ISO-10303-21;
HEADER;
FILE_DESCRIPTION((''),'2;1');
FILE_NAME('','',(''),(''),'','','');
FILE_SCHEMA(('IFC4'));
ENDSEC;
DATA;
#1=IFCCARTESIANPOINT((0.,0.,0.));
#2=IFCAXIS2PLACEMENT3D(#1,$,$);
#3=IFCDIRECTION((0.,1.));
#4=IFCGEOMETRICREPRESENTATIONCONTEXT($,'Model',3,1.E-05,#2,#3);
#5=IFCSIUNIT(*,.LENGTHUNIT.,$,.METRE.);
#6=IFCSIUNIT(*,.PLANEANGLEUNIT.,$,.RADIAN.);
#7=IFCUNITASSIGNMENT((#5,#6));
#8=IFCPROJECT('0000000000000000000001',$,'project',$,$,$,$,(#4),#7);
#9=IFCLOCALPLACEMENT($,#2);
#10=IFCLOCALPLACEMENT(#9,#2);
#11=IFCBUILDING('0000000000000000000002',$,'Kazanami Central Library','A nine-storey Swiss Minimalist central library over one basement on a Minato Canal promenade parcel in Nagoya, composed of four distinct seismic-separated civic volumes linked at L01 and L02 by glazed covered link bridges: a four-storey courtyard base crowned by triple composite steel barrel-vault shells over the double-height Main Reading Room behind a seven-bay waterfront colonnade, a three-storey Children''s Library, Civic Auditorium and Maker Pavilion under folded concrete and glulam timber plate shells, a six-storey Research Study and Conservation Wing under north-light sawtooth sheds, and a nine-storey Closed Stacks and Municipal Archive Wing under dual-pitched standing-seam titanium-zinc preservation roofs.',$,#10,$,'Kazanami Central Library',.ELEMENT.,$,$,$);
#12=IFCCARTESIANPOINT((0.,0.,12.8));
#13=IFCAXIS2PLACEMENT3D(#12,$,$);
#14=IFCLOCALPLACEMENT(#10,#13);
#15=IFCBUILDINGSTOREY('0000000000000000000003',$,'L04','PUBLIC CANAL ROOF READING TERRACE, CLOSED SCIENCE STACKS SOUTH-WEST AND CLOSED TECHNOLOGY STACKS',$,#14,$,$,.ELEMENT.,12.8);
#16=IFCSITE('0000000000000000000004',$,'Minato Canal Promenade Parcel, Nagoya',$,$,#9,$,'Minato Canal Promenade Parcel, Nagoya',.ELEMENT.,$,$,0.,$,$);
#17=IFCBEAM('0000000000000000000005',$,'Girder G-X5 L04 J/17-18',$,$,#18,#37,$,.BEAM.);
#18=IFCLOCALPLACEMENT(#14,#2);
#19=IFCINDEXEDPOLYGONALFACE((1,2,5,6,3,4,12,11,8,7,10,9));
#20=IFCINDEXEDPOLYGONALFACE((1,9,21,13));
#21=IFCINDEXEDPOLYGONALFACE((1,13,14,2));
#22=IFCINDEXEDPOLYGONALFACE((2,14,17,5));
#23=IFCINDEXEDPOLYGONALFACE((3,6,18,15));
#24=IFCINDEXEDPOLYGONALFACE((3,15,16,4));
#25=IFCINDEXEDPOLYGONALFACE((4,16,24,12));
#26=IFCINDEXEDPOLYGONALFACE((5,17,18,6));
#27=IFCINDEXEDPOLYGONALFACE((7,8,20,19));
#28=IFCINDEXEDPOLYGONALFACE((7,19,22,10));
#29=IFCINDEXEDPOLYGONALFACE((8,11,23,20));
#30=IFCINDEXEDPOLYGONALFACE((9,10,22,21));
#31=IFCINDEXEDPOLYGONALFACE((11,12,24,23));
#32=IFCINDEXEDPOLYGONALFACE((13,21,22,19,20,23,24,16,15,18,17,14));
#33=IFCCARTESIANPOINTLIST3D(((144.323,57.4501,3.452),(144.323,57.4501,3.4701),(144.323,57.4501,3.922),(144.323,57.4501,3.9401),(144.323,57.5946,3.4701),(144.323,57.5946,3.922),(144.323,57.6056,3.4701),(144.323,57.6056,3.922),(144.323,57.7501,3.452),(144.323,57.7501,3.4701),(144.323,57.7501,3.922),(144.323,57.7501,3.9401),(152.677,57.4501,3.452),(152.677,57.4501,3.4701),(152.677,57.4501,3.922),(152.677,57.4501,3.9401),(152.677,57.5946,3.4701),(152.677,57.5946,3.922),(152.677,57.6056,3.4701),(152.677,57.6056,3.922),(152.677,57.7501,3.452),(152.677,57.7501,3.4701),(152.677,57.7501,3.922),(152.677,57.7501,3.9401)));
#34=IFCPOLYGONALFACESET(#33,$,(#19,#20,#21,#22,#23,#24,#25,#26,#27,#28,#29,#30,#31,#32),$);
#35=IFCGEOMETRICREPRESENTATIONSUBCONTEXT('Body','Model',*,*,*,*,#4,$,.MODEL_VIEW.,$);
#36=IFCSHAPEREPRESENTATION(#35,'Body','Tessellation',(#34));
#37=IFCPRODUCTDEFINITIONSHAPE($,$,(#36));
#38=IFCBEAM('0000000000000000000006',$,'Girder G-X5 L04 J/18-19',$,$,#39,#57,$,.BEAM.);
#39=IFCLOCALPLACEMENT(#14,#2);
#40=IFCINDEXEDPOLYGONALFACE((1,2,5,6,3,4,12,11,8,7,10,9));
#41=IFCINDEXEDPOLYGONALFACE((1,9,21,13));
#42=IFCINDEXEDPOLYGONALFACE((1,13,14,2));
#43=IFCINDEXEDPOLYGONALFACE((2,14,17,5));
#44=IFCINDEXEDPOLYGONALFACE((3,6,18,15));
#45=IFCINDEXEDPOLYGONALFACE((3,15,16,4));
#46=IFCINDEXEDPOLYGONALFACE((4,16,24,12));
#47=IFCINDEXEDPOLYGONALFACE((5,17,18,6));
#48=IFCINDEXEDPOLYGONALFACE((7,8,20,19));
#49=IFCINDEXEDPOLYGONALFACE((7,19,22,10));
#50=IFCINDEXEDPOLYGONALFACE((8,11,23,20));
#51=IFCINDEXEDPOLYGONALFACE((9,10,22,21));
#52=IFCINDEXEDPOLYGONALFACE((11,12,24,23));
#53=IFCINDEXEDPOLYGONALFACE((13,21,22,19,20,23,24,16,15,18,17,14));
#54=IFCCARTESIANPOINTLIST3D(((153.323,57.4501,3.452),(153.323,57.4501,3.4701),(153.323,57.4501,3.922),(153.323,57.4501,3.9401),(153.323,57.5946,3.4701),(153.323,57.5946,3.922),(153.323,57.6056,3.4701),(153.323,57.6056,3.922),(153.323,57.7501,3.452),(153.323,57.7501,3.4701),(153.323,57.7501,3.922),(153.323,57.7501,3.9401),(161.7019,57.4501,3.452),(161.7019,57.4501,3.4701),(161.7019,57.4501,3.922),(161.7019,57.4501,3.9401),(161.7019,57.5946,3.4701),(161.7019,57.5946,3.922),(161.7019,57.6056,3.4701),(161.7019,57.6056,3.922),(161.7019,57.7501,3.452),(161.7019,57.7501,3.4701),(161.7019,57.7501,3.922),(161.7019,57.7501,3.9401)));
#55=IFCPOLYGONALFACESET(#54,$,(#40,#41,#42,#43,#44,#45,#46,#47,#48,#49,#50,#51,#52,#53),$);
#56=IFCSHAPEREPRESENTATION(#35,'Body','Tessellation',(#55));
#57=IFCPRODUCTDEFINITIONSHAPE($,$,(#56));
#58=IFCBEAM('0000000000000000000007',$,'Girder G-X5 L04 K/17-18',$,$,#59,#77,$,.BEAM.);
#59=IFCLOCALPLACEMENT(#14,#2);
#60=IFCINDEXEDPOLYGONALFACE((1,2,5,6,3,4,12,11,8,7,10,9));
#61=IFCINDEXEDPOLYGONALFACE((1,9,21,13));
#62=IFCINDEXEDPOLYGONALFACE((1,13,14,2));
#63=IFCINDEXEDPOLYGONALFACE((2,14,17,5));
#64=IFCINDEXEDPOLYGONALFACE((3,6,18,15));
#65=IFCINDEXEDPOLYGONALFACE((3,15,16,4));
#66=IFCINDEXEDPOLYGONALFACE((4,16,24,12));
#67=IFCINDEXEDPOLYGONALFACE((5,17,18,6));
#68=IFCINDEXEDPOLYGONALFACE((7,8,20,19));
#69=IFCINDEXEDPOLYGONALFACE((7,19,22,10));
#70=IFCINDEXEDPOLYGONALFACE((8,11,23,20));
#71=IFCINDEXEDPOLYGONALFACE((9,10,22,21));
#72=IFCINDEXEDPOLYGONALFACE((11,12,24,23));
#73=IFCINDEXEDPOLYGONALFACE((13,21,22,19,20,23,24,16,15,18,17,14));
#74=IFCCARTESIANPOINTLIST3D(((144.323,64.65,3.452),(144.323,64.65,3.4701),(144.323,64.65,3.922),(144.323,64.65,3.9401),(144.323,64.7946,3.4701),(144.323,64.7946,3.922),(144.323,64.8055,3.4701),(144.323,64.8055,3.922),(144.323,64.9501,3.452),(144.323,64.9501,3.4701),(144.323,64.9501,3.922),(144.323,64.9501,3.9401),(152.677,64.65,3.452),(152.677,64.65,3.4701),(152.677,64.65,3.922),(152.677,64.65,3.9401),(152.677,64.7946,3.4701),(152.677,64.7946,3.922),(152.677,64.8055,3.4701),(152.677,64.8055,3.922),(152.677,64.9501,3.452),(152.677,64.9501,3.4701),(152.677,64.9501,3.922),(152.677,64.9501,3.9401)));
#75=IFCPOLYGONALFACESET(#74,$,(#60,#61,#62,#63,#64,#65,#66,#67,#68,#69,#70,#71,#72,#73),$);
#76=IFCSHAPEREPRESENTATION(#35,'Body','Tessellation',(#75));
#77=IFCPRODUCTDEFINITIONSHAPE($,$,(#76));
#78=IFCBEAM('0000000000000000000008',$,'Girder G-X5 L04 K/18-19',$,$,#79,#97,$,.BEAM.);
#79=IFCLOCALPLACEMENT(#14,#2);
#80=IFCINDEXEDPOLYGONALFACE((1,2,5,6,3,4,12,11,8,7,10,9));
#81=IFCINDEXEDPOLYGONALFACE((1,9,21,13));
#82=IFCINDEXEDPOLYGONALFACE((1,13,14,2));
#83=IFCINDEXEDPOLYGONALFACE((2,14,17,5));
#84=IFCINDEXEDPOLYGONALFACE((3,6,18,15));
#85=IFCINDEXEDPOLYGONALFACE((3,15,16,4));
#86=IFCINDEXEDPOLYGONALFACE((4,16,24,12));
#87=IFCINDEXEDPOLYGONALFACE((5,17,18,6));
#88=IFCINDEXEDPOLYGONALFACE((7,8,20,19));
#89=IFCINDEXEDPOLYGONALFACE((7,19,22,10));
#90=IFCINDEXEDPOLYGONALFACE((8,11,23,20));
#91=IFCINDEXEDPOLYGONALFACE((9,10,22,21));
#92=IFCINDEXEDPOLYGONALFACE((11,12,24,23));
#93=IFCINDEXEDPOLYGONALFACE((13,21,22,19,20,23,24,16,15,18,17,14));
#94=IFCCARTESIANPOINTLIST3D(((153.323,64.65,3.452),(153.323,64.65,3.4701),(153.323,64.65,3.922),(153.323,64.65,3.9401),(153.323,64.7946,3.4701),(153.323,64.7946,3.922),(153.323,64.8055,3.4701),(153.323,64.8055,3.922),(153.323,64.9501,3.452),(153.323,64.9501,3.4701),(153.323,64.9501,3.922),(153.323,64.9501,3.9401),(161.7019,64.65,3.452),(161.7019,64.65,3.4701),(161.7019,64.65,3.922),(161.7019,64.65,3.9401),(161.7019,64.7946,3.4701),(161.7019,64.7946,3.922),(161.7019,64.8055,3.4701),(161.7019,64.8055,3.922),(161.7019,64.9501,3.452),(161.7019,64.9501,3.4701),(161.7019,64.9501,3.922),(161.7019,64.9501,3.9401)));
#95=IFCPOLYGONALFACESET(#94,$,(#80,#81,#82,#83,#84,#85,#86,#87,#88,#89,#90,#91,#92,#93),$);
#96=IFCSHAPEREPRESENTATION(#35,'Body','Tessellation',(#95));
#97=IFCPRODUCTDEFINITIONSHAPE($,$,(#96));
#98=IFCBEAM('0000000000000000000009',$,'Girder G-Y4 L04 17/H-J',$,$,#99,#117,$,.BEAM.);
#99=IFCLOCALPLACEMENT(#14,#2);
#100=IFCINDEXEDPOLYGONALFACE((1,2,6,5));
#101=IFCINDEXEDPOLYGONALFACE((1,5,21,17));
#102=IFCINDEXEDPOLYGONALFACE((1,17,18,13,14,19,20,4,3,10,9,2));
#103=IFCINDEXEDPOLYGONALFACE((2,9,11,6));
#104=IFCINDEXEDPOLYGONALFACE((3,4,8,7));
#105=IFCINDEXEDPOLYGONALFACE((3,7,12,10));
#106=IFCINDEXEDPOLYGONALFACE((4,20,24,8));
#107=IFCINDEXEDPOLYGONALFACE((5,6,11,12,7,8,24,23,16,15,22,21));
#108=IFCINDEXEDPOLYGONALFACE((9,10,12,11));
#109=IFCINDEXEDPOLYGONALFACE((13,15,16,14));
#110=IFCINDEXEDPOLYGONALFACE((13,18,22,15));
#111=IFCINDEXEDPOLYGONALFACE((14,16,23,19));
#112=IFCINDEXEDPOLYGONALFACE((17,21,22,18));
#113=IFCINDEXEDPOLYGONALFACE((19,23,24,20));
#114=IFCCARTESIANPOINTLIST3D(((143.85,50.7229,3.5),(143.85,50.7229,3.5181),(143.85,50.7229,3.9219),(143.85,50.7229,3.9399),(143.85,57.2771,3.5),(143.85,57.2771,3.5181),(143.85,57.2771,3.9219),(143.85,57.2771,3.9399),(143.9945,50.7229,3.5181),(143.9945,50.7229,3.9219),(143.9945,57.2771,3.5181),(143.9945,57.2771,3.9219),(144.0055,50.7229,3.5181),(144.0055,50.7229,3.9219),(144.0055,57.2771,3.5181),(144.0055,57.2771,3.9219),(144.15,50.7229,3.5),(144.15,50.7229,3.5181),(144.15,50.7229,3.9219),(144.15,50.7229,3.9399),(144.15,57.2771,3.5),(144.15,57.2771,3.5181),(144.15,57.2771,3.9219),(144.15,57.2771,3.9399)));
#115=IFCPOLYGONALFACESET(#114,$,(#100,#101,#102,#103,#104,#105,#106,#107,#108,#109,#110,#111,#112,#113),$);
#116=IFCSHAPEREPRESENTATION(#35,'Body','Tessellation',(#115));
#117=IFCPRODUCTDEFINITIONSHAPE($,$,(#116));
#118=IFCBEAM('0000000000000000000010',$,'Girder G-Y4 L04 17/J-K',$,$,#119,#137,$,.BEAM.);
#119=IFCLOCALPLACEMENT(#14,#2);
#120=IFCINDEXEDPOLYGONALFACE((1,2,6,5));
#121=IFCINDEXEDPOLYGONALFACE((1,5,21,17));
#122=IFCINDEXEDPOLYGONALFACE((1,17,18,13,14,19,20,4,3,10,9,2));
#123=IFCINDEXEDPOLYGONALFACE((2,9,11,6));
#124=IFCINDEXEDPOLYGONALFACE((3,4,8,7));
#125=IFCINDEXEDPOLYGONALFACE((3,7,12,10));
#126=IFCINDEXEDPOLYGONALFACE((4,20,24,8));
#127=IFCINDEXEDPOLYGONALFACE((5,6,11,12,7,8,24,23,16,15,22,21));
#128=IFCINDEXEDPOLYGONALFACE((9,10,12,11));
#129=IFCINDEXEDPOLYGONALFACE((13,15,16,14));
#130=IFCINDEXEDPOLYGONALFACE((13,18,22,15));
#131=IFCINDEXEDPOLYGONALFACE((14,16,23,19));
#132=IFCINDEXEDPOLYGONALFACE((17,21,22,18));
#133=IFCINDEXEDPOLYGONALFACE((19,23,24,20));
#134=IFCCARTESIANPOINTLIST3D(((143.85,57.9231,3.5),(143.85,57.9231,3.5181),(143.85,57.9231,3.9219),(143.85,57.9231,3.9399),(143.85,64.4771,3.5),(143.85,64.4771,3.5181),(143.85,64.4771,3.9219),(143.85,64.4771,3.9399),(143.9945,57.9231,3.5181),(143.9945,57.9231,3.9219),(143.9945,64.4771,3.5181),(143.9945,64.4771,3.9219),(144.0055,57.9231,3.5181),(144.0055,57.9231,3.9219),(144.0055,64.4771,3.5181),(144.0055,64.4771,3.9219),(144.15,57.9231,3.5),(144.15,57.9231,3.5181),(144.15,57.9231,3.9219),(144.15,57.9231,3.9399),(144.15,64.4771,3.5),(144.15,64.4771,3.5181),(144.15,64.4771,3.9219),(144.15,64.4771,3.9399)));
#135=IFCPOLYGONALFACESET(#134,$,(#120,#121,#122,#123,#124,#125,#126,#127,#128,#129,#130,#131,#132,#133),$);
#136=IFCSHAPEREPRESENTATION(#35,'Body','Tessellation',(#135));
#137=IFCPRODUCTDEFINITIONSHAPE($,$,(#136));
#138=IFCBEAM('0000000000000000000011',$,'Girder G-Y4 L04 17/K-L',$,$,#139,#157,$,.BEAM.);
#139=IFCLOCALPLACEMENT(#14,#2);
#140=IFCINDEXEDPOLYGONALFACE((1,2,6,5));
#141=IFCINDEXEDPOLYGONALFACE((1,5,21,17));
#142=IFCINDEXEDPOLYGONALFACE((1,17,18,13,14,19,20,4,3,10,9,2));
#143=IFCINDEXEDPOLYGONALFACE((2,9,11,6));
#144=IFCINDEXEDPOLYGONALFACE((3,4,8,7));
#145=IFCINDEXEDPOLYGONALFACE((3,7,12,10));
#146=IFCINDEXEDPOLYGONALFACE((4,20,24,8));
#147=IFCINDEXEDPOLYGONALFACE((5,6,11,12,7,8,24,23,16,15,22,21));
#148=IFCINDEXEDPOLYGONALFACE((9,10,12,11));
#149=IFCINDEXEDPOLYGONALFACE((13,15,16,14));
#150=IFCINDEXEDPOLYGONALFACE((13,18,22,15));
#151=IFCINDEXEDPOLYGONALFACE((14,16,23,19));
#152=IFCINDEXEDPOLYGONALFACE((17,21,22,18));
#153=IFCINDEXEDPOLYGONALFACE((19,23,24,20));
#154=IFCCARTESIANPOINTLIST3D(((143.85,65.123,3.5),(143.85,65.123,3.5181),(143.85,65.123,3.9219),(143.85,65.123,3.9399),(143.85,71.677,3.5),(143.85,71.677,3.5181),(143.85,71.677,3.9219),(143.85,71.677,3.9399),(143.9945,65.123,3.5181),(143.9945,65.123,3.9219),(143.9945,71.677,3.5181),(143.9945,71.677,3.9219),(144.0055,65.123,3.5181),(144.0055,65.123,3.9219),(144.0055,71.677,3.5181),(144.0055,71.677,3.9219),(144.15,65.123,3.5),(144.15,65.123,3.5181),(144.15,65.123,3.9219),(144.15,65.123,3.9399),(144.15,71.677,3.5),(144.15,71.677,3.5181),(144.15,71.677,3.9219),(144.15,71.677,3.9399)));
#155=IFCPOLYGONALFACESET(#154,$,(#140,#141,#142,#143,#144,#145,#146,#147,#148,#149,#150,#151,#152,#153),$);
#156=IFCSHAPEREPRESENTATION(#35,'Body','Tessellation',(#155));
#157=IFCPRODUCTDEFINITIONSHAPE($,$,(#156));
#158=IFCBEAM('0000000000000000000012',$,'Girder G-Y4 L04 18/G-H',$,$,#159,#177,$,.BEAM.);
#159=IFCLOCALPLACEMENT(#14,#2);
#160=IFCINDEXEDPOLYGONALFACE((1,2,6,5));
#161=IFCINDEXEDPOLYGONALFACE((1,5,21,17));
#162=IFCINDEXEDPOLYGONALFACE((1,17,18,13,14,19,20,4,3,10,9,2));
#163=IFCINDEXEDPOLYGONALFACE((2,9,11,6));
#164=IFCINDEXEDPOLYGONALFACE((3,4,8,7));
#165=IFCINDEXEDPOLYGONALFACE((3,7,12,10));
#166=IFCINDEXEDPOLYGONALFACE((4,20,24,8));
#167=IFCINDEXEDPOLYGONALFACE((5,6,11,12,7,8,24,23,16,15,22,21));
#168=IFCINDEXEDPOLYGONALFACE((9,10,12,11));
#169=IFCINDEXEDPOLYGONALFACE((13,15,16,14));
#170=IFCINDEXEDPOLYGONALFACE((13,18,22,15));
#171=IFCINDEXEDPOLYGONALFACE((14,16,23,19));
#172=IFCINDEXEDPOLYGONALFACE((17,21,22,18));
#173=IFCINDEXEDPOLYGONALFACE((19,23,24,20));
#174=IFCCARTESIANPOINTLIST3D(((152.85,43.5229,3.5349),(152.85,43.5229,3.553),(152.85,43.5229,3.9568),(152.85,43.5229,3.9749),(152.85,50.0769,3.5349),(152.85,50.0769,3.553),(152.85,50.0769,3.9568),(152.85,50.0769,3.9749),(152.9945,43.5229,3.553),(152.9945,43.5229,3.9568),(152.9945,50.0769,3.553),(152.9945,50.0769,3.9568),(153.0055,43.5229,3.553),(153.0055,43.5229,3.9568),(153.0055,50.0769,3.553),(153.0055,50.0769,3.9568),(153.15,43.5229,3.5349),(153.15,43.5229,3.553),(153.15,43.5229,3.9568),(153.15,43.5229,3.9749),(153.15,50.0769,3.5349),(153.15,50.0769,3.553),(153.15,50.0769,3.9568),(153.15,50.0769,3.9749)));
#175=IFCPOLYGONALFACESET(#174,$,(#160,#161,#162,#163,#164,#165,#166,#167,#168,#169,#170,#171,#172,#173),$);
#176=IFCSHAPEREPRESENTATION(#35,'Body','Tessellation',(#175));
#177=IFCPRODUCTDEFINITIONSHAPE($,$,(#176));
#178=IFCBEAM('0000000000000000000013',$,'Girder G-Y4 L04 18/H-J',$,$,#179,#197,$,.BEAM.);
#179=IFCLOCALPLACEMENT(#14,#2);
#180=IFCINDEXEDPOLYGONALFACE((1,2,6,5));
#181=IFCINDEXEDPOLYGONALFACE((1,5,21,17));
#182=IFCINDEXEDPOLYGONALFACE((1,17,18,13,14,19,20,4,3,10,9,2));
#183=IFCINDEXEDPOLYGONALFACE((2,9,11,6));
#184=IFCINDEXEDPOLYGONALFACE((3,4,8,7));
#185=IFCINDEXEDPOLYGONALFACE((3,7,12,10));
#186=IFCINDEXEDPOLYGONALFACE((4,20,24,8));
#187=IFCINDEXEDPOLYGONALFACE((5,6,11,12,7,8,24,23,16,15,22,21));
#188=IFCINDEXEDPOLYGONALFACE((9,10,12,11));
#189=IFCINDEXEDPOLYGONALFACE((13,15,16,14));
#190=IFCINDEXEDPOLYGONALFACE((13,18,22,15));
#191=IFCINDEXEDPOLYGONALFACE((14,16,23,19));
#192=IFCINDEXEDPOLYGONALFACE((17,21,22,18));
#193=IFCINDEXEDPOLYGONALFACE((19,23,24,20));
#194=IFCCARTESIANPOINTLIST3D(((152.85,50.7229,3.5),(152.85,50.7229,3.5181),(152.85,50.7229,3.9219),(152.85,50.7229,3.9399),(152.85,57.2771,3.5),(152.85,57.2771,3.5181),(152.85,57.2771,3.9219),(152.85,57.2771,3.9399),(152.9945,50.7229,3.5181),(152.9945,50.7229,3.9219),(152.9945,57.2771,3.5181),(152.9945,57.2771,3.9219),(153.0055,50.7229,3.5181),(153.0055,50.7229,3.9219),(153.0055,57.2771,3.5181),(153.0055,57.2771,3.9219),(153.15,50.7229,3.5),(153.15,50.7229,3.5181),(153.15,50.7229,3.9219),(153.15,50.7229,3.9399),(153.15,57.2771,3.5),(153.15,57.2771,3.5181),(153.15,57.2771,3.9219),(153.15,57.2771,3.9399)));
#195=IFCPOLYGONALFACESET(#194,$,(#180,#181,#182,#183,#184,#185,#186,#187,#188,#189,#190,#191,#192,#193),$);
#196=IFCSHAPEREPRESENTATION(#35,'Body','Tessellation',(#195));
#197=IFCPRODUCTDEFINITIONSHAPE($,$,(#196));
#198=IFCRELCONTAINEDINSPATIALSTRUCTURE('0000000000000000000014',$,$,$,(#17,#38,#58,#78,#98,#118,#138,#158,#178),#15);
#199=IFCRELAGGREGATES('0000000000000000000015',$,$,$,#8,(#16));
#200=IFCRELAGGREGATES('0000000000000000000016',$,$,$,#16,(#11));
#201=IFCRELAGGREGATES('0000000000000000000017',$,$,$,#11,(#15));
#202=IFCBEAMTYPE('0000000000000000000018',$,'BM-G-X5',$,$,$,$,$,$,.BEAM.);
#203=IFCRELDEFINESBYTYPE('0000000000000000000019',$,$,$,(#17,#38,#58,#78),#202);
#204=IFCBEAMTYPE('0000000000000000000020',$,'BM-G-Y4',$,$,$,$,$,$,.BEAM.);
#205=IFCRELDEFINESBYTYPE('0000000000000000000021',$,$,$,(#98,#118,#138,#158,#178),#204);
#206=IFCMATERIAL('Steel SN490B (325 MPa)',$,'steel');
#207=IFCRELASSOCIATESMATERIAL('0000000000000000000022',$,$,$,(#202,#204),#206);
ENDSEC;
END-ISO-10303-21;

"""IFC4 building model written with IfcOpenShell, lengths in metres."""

from ifc_helpers import new_model, si_unit, direction, frame, origin, origin_2d, place, context, subcontext, project, spatial, i_section, extrude, material, material_profile, profile_set, type_object, element, save


model = new_model("IFC4")

# Units and contexts
model_context = context("Model", 3, precision=1e-05, world=origin(), true_north=direction((0.0, 1.0)))
body_context = subcontext(model_context, "Body", "Model", "MODEL_VIEW")
ifc_project = project(units=[si_unit("LENGTHUNIT", "METRE"), si_unit("PLANEANGLEUNIT", "RADIAN")], contexts=[model_context])

# Site, building, storey
site_placement = place(None, origin())
site = spatial("IfcSite", under=ifc_project, at=site_placement, Name="Minato Canal Promenade Parcel, Nagoya", LongName="Minato Canal Promenade Parcel, Nagoya", CompositionType="ELEMENT", RefElevation=0.0)
building_placement = place(site_placement, origin())
building = spatial("IfcBuilding", under=site, at=building_placement, Name="Kazanami Central Library", Description="A nine-storey Swiss Minimalist central library over one basement on a Minato Canal promenade parcel in Nagoya, composed of four distinct seismic-separated civic volumes linked at L01 and L02 by glazed covered link bridges: a four-storey courtyard base crowned by triple composite steel barrel-vault shells over the double-height Main Reading Room behind a seven-bay waterfront colonnade, a three-storey Children's Library, Civic Auditorium and Maker Pavilion under folded concrete and glulam timber plate shells, a six-storey Research Study and Conservation Wing under north-light sawtooth sheds, and a nine-storey Closed Stacks and Municipal Archive Wing under dual-pitched standing-seam titanium-zinc preservation roofs.", LongName="Kazanami Central Library", CompositionType="ELEMENT")
storey_placement = place(building_placement, frame((0.0, 0.0, 12.8)))
storey = spatial("IfcBuildingStorey", under=building, at=storey_placement, Name="L04", Description="PUBLIC CANAL ROOF READING TERRACE, CLOSED SCIENCE STACKS SOUTH-WEST AND CLOSED TECHNOLOGY STACKS", CompositionType="ELEMENT", Elevation=12.8)

# Beams
ifc_material_1 = material(Name="Steel SN490B (325 MPa)", Category="steel")
ifc_material_profile_1 = material_profile(ifc_material_1, i_section(OverallWidth=0.3, OverallDepth=0.488, WebThickness=0.011, FlangeThickness=0.0181, at=origin_2d()), Name="H-488x300x11x18")
ifc_profile_set_1 = profile_set([ifc_material_profile_1], Name="Steel SN490B (325 MPa)")
beam_type_1 = type_object("IfcBeamType", Name="BM-G-X5", PredefinedType="BEAM", material=ifc_profile_set_1)
beam_1_placement = place(storey_placement, frame((144.323, 57.6001, 3.696), z_axis=(1.0, 0.0, 0.0), x_axis=(0.0, 1.0, 0.0)))
element("IfcBeam", 1, at=beam_1_placement, inside=storey, type_object=beam_type_1, Name="Girder G-X5 L04 J/17-18", PredefinedType="BEAM", context=body_context, shape_type="SweptSolid", body=[
    extrude(i_section(OverallWidth=0.3, OverallDepth=0.488, WebThickness=0.011, FlangeThickness=0.0181, at=origin_2d()), origin(), (0.0, 0.0, 1.0), 8.354),
])
beam_2_placement = place(storey_placement, frame((153.323, 57.6001, 3.696), z_axis=(1.0, 0.0, 0.0), x_axis=(0.0, 1.0, 0.0)))
element("IfcBeam", 2, at=beam_2_placement, inside=storey, type_object=beam_type_1, Name="Girder G-X5 L04 J/18-19", PredefinedType="BEAM", context=body_context, shape_type="SweptSolid", body=[
    extrude(i_section(OverallWidth=0.3, OverallDepth=0.488, WebThickness=0.011, FlangeThickness=0.0181, at=origin_2d()), origin(), (0.0, 0.0, 1.0), 8.3789),
])
beam_3_placement = place(storey_placement, frame((144.323, 64.8, 3.696), z_axis=(1.0, 0.0, 0.0), x_axis=(0.0, 1.0, 0.0)))
element("IfcBeam", 3, at=beam_3_placement, inside=storey, type_object=beam_type_1, Name="Girder G-X5 L04 K/17-18", PredefinedType="BEAM", context=body_context, shape_type="SweptSolid", body=[
    extrude(i_section(OverallWidth=0.3, OverallDepth=0.488, WebThickness=0.011, FlangeThickness=0.0181, at=origin_2d()), origin(), (0.0, 0.0, 1.0), 8.354),
])
beam_4_placement = place(storey_placement, frame((153.323, 64.8, 3.696), z_axis=(1.0, 0.0, 0.0), x_axis=(0.0, 1.0, 0.0)))
element("IfcBeam", 4, at=beam_4_placement, inside=storey, type_object=beam_type_1, Name="Girder G-X5 L04 K/18-19", PredefinedType="BEAM", context=body_context, shape_type="SweptSolid", body=[
    extrude(i_section(OverallWidth=0.3, OverallDepth=0.488, WebThickness=0.011, FlangeThickness=0.0181, at=origin_2d()), origin(), (0.0, 0.0, 1.0), 8.3789),
])
ifc_material_profile_2 = material_profile(ifc_material_1, i_section(OverallWidth=0.3, OverallDepth=0.4399, WebThickness=0.011, FlangeThickness=0.0181, at=origin_2d()), Name="H-440x300x11x18")
ifc_profile_set_2 = profile_set([ifc_material_profile_2], Name="Steel SN490B (325 MPa)")
beam_type_2 = type_object("IfcBeamType", Name="BM-G-Y4", PredefinedType="BEAM", material=ifc_profile_set_2)
beam_5_placement = place(storey_placement, frame((144.0, 50.7229, 3.72), z_axis=(0.0, 1.0, 0.0), x_axis=(-1.0, 0.0, 0.0)))
element("IfcBeam", 5, at=beam_5_placement, inside=storey, type_object=beam_type_2, Name="Girder G-Y4 L04 17/H-J", PredefinedType="BEAM", context=body_context, shape_type="SweptSolid", body=[
    extrude(i_section(OverallWidth=0.3, OverallDepth=0.4399, WebThickness=0.011, FlangeThickness=0.0181, at=origin_2d()), origin(), (0.0, 0.0, 1.0), 6.5542),
])
for number, where, z_axis, x_axis, name in (
    (6, (144.0, 57.9231, 3.72), (0.0, 1.0, 0.0), (-1.0, 0.0, 0.0), "Girder G-Y4 L04 17/J-K"),
    (7, (144.0, 65.123, 3.72), (0.0, 1.0, 0.0), (-1.0, 0.0, 0.0), "Girder G-Y4 L04 17/K-L"),
    (8, (153.0, 43.5229, 3.7549), (0.0, 1.0, 0.0), (-1.0, 0.0, 0.0), "Girder G-Y4 L04 18/G-H"),
):
    element("IfcBeam", number, at=place(storey_placement, frame(where, z_axis=z_axis, x_axis=x_axis)), inside=storey, type_object=beam_type_2, Name=name, PredefinedType="BEAM", context=body_context, shape_type="SweptSolid", body=[
        extrude(i_section(OverallWidth=0.3, OverallDepth=0.4399, WebThickness=0.011, FlangeThickness=0.0181, at=origin_2d()), origin(), (0.0, 0.0, 1.0), 6.554),
    ])
beam_6_placement = place(storey_placement, frame((153.0, 50.7229, 3.72), z_axis=(0.0, 1.0, 0.0), x_axis=(-1.0, 0.0, 0.0)))
element("IfcBeam", 9, at=beam_6_placement, inside=storey, type_object=beam_type_2, Name="Girder G-Y4 L04 18/H-J", PredefinedType="BEAM", context=body_context, shape_type="SweptSolid", body=[
    extrude(i_section(OverallWidth=0.3, OverallDepth=0.4399, WebThickness=0.011, FlangeThickness=0.0181, at=origin_2d()), origin(), (0.0, 0.0, 1.0), 6.5542),
])

save(model, "model.ifc")
